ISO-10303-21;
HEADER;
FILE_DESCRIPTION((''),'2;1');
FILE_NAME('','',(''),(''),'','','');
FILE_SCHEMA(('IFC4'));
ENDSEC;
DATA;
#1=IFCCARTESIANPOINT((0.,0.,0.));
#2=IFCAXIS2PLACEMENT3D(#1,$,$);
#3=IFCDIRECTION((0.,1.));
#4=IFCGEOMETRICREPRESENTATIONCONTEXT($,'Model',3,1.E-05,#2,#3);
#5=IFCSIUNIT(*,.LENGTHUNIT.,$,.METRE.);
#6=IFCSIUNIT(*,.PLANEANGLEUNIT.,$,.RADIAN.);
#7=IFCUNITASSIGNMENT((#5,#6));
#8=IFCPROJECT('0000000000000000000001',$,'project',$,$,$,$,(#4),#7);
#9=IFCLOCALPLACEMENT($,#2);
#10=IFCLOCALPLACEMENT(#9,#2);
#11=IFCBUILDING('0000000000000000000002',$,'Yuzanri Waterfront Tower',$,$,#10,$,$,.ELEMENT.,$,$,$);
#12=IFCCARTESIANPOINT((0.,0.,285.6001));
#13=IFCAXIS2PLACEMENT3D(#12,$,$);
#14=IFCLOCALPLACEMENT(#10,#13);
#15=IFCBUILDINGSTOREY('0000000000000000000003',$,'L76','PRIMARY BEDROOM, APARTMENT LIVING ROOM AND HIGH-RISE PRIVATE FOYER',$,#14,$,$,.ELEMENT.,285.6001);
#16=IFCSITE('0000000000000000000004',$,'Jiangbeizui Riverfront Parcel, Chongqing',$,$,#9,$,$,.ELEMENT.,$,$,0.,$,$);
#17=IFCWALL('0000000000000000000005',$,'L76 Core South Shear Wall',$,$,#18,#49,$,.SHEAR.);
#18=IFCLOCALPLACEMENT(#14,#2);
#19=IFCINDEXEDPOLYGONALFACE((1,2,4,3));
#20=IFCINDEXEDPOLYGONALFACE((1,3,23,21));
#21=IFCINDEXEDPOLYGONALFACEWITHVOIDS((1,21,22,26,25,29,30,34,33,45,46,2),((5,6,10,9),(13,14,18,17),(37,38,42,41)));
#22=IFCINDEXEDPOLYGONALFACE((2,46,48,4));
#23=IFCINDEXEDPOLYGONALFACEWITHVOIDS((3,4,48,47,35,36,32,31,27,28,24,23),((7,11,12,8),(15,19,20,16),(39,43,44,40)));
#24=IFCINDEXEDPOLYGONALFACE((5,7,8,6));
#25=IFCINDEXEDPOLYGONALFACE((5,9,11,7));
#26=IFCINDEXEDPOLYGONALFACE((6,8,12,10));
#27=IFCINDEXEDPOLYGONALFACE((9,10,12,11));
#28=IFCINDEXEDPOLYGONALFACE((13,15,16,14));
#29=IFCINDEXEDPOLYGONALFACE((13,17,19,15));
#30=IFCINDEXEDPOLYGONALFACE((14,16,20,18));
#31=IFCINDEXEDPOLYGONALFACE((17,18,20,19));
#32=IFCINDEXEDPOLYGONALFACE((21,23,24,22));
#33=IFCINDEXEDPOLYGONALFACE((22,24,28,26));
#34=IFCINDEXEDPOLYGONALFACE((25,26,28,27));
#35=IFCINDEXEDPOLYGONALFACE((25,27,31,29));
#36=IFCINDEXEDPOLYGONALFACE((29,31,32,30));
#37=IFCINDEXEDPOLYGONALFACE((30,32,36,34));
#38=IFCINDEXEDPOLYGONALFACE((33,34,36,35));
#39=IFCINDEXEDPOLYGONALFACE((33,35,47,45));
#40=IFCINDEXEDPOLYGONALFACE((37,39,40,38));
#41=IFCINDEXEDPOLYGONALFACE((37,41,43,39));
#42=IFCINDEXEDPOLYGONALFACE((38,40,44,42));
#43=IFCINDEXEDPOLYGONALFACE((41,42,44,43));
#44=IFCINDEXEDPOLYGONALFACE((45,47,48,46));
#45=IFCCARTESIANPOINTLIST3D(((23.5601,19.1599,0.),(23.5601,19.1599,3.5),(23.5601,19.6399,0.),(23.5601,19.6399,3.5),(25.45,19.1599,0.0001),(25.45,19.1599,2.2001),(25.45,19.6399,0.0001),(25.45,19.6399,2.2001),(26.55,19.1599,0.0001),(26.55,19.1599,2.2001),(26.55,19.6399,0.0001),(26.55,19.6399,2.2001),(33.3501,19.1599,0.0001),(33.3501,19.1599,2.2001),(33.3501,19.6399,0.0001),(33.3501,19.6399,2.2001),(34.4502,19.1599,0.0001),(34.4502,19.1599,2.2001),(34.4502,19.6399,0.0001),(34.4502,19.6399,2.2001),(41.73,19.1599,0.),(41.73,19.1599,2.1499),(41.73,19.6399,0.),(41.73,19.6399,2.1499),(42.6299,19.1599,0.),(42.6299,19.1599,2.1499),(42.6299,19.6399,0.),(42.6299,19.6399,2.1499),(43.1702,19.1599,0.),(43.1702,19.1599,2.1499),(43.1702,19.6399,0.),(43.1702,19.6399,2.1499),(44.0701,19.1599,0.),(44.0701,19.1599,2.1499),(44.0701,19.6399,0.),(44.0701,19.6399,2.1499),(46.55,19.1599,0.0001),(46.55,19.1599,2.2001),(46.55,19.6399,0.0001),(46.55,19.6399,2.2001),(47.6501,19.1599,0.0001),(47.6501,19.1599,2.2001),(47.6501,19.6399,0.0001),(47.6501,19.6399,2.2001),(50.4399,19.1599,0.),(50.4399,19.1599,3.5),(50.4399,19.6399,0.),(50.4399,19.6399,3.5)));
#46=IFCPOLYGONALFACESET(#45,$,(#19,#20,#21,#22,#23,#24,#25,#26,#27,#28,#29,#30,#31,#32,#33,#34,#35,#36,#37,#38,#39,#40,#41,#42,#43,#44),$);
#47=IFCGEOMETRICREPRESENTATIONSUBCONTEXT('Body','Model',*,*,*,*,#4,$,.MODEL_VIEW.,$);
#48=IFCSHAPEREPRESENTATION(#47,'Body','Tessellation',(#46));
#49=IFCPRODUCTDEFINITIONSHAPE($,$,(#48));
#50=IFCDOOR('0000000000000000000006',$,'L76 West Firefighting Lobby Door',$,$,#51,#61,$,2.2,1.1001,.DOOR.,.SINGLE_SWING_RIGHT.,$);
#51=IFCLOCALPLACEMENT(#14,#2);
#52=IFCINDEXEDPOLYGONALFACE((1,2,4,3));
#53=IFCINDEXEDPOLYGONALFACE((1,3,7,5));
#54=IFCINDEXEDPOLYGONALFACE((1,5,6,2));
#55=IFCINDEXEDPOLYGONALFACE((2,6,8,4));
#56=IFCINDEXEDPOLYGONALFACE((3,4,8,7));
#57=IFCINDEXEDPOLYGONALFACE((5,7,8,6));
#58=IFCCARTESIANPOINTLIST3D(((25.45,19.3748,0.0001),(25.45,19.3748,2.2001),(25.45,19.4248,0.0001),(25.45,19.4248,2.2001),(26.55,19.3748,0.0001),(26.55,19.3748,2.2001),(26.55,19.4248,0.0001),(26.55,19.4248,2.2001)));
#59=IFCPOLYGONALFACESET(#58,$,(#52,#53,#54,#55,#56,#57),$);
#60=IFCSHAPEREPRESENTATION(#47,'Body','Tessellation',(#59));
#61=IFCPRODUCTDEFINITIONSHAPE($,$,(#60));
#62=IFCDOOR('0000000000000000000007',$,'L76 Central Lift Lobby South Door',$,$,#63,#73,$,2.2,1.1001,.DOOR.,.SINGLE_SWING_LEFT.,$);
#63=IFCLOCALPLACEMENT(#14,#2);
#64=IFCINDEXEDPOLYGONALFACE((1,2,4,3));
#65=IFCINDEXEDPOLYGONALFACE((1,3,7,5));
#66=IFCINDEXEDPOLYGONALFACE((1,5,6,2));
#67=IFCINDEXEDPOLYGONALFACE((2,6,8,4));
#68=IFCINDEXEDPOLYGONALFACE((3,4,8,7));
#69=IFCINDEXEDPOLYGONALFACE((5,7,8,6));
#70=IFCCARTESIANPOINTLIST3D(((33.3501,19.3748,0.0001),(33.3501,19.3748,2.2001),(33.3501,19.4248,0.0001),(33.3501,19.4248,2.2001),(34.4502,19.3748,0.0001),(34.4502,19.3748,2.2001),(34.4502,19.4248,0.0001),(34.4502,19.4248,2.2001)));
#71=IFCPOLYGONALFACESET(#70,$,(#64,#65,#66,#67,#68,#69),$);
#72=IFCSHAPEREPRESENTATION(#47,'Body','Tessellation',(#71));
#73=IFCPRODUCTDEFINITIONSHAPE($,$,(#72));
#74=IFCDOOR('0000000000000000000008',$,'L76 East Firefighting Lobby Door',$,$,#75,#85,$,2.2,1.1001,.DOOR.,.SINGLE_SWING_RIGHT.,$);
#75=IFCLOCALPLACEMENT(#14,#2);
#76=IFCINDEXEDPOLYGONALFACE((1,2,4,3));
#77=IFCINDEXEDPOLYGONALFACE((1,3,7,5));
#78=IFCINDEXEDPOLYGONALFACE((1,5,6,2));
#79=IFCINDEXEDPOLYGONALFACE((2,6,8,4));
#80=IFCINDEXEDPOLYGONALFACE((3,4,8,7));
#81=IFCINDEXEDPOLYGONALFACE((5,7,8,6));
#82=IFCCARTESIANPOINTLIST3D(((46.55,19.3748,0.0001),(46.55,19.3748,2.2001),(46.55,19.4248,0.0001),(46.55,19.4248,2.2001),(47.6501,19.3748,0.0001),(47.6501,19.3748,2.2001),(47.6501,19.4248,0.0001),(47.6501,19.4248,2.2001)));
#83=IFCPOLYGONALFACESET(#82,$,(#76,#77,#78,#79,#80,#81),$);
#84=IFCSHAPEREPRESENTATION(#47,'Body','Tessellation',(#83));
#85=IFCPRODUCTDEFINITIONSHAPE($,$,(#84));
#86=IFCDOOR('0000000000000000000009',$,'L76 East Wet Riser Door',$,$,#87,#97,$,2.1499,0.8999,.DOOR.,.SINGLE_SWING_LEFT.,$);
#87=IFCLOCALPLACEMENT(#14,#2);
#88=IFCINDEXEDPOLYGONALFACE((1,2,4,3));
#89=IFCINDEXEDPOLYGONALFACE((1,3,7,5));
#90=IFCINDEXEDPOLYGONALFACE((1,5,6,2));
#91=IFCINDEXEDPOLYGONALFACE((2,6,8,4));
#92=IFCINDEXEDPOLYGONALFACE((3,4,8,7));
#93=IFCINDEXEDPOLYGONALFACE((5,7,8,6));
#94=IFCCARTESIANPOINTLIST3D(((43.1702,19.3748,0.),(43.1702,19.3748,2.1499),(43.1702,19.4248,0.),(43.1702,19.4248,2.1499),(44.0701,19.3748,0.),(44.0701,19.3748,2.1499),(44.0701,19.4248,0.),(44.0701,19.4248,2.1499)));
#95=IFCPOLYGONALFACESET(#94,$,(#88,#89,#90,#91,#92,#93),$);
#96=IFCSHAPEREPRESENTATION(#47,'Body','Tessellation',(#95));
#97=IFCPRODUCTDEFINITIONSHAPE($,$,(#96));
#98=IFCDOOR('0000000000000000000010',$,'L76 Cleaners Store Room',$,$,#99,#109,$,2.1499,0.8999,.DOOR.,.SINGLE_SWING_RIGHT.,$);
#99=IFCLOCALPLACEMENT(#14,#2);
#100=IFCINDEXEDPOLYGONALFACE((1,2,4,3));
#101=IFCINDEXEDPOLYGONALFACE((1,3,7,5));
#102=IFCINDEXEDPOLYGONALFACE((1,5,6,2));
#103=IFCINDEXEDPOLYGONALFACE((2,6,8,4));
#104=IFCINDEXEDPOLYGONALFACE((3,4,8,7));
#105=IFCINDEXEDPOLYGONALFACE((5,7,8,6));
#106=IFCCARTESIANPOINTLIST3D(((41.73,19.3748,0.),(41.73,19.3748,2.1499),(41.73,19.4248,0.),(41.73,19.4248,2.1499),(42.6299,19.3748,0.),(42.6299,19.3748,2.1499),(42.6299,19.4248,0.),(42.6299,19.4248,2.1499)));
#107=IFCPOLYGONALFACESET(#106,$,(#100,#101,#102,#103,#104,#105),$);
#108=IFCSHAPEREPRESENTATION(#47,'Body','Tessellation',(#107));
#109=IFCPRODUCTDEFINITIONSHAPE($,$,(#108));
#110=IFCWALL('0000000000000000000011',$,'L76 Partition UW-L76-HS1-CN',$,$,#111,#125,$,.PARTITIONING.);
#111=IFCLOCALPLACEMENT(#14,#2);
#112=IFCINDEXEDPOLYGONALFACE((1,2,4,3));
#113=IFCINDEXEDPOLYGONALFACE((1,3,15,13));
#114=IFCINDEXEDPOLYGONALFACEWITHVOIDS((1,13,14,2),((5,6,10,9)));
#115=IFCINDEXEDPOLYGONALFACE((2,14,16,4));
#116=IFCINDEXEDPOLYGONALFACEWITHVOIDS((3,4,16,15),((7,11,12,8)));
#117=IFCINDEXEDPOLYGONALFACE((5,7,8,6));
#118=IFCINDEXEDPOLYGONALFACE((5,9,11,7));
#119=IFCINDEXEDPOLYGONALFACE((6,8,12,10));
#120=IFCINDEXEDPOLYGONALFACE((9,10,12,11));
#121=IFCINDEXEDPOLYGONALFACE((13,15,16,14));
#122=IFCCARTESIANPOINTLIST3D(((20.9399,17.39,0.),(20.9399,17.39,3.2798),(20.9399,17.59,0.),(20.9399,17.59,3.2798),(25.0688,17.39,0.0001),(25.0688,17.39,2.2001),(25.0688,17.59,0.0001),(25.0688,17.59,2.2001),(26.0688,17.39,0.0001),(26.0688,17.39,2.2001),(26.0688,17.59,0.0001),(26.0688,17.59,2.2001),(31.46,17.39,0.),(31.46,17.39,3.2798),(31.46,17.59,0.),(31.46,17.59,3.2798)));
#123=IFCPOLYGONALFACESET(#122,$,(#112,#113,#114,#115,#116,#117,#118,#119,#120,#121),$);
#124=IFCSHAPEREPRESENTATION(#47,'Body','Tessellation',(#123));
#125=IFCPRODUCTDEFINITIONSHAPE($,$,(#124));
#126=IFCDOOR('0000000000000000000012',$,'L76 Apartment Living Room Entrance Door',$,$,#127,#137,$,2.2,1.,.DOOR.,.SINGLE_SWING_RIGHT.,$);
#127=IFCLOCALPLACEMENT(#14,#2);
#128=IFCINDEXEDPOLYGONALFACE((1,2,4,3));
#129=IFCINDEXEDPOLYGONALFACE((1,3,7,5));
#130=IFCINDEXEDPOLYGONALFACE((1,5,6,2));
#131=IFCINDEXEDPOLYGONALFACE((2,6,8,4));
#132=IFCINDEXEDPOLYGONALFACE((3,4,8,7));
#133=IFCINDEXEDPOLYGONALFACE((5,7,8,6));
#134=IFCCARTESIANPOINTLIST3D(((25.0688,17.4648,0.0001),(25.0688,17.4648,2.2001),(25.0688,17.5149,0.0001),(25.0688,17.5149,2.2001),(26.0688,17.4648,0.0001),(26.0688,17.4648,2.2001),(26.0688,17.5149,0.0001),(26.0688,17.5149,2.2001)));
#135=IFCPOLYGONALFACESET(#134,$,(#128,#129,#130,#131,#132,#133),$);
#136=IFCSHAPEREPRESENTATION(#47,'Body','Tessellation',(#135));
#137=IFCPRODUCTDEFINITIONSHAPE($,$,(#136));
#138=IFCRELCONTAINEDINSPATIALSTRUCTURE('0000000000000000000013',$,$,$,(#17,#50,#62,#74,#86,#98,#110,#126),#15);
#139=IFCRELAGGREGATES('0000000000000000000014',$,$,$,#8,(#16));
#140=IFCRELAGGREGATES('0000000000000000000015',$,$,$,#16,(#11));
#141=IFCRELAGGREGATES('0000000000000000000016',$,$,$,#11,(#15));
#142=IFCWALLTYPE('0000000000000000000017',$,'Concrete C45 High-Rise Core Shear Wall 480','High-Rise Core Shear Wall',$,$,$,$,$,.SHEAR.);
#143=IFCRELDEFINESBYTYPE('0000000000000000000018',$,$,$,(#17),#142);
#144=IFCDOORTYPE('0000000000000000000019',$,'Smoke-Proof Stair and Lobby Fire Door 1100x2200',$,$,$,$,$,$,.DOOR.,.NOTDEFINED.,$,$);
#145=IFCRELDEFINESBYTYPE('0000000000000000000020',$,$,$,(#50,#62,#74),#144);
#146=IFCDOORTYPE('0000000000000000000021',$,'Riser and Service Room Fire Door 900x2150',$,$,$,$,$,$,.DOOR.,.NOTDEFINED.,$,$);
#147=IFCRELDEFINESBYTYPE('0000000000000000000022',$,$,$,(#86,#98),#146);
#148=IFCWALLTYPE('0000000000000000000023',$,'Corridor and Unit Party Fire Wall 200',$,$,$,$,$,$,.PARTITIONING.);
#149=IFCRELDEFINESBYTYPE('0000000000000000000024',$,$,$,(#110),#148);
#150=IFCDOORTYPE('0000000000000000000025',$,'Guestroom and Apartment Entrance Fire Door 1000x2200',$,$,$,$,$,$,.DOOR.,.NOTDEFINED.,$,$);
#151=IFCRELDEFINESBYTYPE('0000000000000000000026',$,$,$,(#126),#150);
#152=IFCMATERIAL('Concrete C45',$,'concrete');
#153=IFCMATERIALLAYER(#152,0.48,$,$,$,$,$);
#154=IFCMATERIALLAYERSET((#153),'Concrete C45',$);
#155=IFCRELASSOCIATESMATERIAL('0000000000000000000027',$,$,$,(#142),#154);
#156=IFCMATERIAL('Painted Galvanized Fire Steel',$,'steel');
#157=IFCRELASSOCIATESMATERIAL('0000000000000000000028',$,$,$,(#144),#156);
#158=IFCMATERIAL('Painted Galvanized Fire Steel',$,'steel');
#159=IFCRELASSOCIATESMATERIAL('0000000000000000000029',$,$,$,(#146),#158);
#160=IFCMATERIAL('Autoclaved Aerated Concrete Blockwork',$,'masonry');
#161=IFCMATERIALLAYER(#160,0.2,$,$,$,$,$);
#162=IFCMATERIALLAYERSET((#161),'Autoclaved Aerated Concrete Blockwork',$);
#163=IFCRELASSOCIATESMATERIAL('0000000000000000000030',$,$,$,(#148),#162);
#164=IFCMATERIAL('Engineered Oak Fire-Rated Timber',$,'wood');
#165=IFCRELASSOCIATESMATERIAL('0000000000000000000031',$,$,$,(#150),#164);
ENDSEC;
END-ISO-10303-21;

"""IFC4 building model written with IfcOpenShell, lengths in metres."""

from ifc_helpers import new_model, si_unit, direction, frame, frame_2d, origin, place, context, subcontext, project, spatial, rectangle, extrude, source, transform, mapped, material, layer, layer_set, type_object, element, fill, save


model = new_model("IFC4")

# Units and contexts
model_context = context("Model", 3, precision=1e-05, world=origin(), true_north=direction((0.0, 1.0)))
body_context = subcontext(model_context, "Body", "Model", "MODEL_VIEW")
ifc_project = project(units=[si_unit("LENGTHUNIT", "METRE"), si_unit("PLANEANGLEUNIT", "RADIAN")], contexts=[model_context])

# Site, building, storey
site_placement = place(None, origin())
site = spatial("IfcSite", under=ifc_project, at=site_placement, Name="Jiangbeizui Riverfront Parcel, Chongqing", CompositionType="ELEMENT", RefElevation=0.0)
building_placement = place(site_placement, origin())
building = spatial("IfcBuilding", under=site, at=building_placement, Name="Yuzanri Waterfront Tower", CompositionType="ELEMENT")
storey_placement = place(building_placement, frame((0.0, 0.0, 285.6001)))
storey = spatial("IfcBuildingStorey", under=building, at=storey_placement, Name="L76", Description="PRIMARY BEDROOM, APARTMENT LIVING ROOM AND HIGH-RISE PRIVATE FOYER", CompositionType="ELEMENT", Elevation=285.6001)

# Wall, openings, doors
ifc_material_1 = material(Name="Concrete C45", Category="concrete")
ifc_layer_1 = layer(ifc_material_1, 0.48)
ifc_layer_set_1 = layer_set([ifc_layer_1], Name="Concrete C45")
wall_type_1 = type_object("IfcWallType", Name="Concrete C45 High-Rise Core Shear Wall 480", Description="High-Rise Core Shear Wall", PredefinedType="SHEAR", material=ifc_layer_set_1)
wall_1_placement = place(storey_placement, frame((23.5601, 19.3999, 0.0), z_axis=(0.0, 0.0, 1.0), x_axis=(1.0, 0.0, 0.0)))
wall_1 = element("IfcWall", 1, at=wall_1_placement, inside=storey, type_object=wall_type_1, Name="L76 Core South Shear Wall", PredefinedType="SHEAR", context=body_context, shape_type="SweptSolid", body=[
    extrude(rectangle(XDim=26.8799, YDim=0.48, at=frame_2d((13.4399, 0.0))), origin(), (0.0, 0.0, 1.0), 3.5),
])
opening_1_placement = place(wall_1_placement, frame((1.8899, 0.0, 0.0)))
opening_1 = element("IfcOpeningElement", 2, at=opening_1_placement, cuts=wall_1, PredefinedType="OPENING", context=body_context, shape_type="SweptSolid", body=[
    extrude(rectangle(XDim=1.1001, YDim=2.2, at=frame_2d((0.55, 1.1001))), frame((0.0, 0.2549, 0.0), z_axis=(0.0, -1.0, 0.0), x_axis=(1.0, 0.0, 0.0)), (0.0, 0.0, 1.0), 0.5098),
])
opening_2_placement = place(wall_1_placement, frame((9.79, 0.0, 0.0)))
opening_2 = element("IfcOpeningElement", 3, at=opening_2_placement, cuts=wall_1, PredefinedType="OPENING", context=body_context, shape_type="SweptSolid", body=[
    extrude(rectangle(XDim=1.1001, YDim=2.2, at=frame_2d((0.55, 1.1001))), frame((0.0, 0.2549, 0.0), z_axis=(0.0, -1.0, 0.0), x_axis=(1.0, 0.0, 0.0)), (0.0, 0.0, 1.0), 0.5098),
])
opening_3_placement = place(wall_1_placement, frame((22.99, 0.0, 0.0)))
opening_3 = element("IfcOpeningElement", 4, at=opening_3_placement, cuts=wall_1, PredefinedType="OPENING", context=body_context, shape_type="SweptSolid", body=[
    extrude(rectangle(XDim=1.1001, YDim=2.2, at=frame_2d((0.55, 1.1001))), frame((0.0, 0.2549, 0.0), z_axis=(0.0, -1.0, 0.0), x_axis=(1.0, 0.0, 0.0)), (0.0, 0.0, 1.0), 0.5098),
])
opening_4_placement = place(wall_1_placement, frame((19.6101, 0.0, 0.0)))
opening_4 = element("IfcOpeningElement", 5, at=opening_4_placement, cuts=wall_1, PredefinedType="OPENING", context=body_context, shape_type="SweptSolid", body=[
    extrude(rectangle(XDim=0.8999, YDim=2.1499, at=frame_2d((0.45, 1.075))), frame((0.0, 0.2549, 0.0), z_axis=(0.0, -1.0, 0.0), x_axis=(1.0, 0.0, 0.0)), (0.0, 0.0, 1.0), 0.5098),
])
opening_5_placement = place(wall_1_placement, frame((18.1699, 0.0, 0.0)))
opening_5 = element("IfcOpeningElement", 6, at=opening_5_placement, cuts=wall_1, PredefinedType="OPENING", context=body_context, shape_type="SweptSolid", body=[
    extrude(rectangle(XDim=0.8999, YDim=2.1499, at=frame_2d((0.45, 1.075))), frame((0.0, 0.2549, 0.0), z_axis=(0.0, -1.0, 0.0), x_axis=(1.0, 0.0, 0.0)), (0.0, 0.0, 1.0), 0.5098),
])
ifc_material_2 = material(Name="Painted Galvanized Fire Steel", Category="steel")
door_type_1 = type_object("IfcDoorType", Name="Smoke-Proof Stair and Lobby Fire Door 1100x2200", OperationType="NOTDEFINED", PredefinedType="DOOR", material=ifc_material_2)
shared_shape_1 = source(origin(), body_context, "Body", "SweptSolid", [
    extrude(rectangle(XDim=1.1001, YDim=2.2, at=frame_2d((0.55, 1.1001))), frame((0.0, 0.0249, 0.0), z_axis=(0.0, -1.0, 0.0), x_axis=(1.0, 0.0, 0.0)), (0.0, 0.0, 1.0), 0.05),
])
door_1_placement = place(opening_1_placement, origin())
door_1 = element("IfcDoor", 7, at=door_1_placement, inside=storey, type_object=door_type_1, Name="L76 West Firefighting Lobby Door", OperationType="SINGLE_SWING_RIGHT", OverallHeight=2.2, OverallWidth=1.1001, PredefinedType="DOOR", context=body_context, shape_type="MappedRepresentation", body=[
    mapped(shared_shape_1, transform((0.0, 0.0, 0.0), scale=1.0)),
])
fill(opening_1, door_1)
door_2_placement = place(opening_2_placement, origin())
door_2 = element("IfcDoor", 8, at=door_2_placement, inside=storey, type_object=door_type_1, Name="L76 Central Lift Lobby South Door", OperationType="SINGLE_SWING_LEFT", OverallHeight=2.2, OverallWidth=1.1001, PredefinedType="DOOR", context=body_context, shape_type="MappedRepresentation", body=[
    mapped(shared_shape_1, transform((0.0, 0.0, 0.0), scale=1.0)),
])
fill(opening_2, door_2)
door_3_placement = place(opening_3_placement, origin())
door_3 = element("IfcDoor", 9, at=door_3_placement, inside=storey, type_object=door_type_1, Name="L76 East Firefighting Lobby Door", OperationType="SINGLE_SWING_RIGHT", OverallHeight=2.2, OverallWidth=1.1001, PredefinedType="DOOR", context=body_context, shape_type="MappedRepresentation", body=[
    mapped(shared_shape_1, transform((0.0, 0.0, 0.0), scale=1.0)),
])
fill(opening_3, door_3)
ifc_material_3 = material(Name="Painted Galvanized Fire Steel", Category="steel")
door_type_2 = type_object("IfcDoorType", Name="Riser and Service Room Fire Door 900x2150", OperationType="NOTDEFINED", PredefinedType="DOOR", material=ifc_material_3)
shared_shape_2 = source(origin(), body_context, "Body", "SweptSolid", [
    extrude(rectangle(XDim=0.8999, YDim=2.1499, at=frame_2d((0.45, 1.075))), frame((0.0, 0.0249, 0.0), z_axis=(0.0, -1.0, 0.0), x_axis=(1.0, 0.0, 0.0)), (0.0, 0.0, 1.0), 0.05),
])
door_4_placement = place(opening_4_placement, origin())
door_4 = element("IfcDoor", 10, at=door_4_placement, inside=storey, type_object=door_type_2, Name="L76 East Wet Riser Door", OperationType="SINGLE_SWING_LEFT", OverallHeight=2.1499, OverallWidth=0.8999, PredefinedType="DOOR", context=body_context, shape_type="MappedRepresentation", body=[
    mapped(shared_shape_2, transform((0.0, 0.0, 0.0), scale=1.0)),
])
fill(opening_4, door_4)
door_5_placement = place(opening_5_placement, origin())
door_5 = element("IfcDoor", 11, at=door_5_placement, inside=storey, type_object=door_type_2, Name="L76 Cleaners Store Room", OperationType="SINGLE_SWING_RIGHT", OverallHeight=2.1499, OverallWidth=0.8999, PredefinedType="DOOR", context=body_context, shape_type="MappedRepresentation", body=[
    mapped(shared_shape_2, transform((0.0, 0.0, 0.0), scale=1.0)),
])
fill(opening_5, door_5)

# Wall, opening, door
ifc_material_4 = material(Name="Autoclaved Aerated Concrete Blockwork", Category="masonry")
ifc_layer_2 = layer(ifc_material_4, 0.2)
ifc_layer_set_2 = layer_set([ifc_layer_2], Name="Autoclaved Aerated Concrete Blockwork")
wall_type_2 = type_object("IfcWallType", Name="Corridor and Unit Party Fire Wall 200", PredefinedType="PARTITIONING", material=ifc_layer_set_2)
wall_2_placement = place(storey_placement, frame((20.9399, 17.49, 0.0), z_axis=(0.0, 0.0, 1.0), x_axis=(1.0, 0.0, 0.0)))
wall_2 = element("IfcWall", 12, at=wall_2_placement, inside=storey, type_object=wall_type_2, Name="L76 Partition UW-L76-HS1-CN", PredefinedType="PARTITIONING", context=body_context, shape_type="SweptSolid", body=[
    extrude(rectangle(XDim=10.52, YDim=0.2, at=frame_2d((5.26, 0.0))), origin(), (0.0, 0.0, 1.0), 3.2798),
])
opening_6_placement = place(wall_2_placement, frame((4.1289, 0.0, 0.0)))
opening_6 = element("IfcOpeningElement", 13, at=opening_6_placement, cuts=wall_2, PredefinedType="OPENING", context=body_context, shape_type="SweptSolid", body=[
    extrude(rectangle(XDim=1.0, YDim=2.2, at=frame_2d((0.5, 1.1001))), frame((0.0, 0.1147, 0.0), z_axis=(0.0, -1.0, 0.0), x_axis=(1.0, 0.0, 0.0)), (0.0, 0.0, 1.0), 0.2297),
])
ifc_material_5 = material(Name="Engineered Oak Fire-Rated Timber", Category="wood")
door_type_3 = type_object("IfcDoorType", Name="Guestroom and Apartment Entrance Fire Door 1000x2200", OperationType="NOTDEFINED", PredefinedType="DOOR", material=ifc_material_5)
shared_shape_3 = source(origin(), body_context, "Body", "SweptSolid", [
    extrude(rectangle(XDim=1.0, YDim=2.2, at=frame_2d((0.5, 1.1001))), frame((0.0, 0.0249, 0.0), z_axis=(0.0, -1.0, 0.0), x_axis=(1.0, 0.0, 0.0)), (0.0, 0.0, 1.0), 0.05),
])
door_6_placement = place(opening_6_placement, origin())
door_6 = element("IfcDoor", 14, at=door_6_placement, inside=storey, type_object=door_type_3, Name="L76 Apartment Living Room Entrance Door", OperationType="SINGLE_SWING_RIGHT", OverallHeight=2.2, OverallWidth=1.0, PredefinedType="DOOR", context=body_context, shape_type="MappedRepresentation", body=[
    mapped(shared_shape_3, transform((0.0, 0.0, 0.0), scale=1.0)),
])
fill(opening_6, door_6)

save(model, "model.ifc")
